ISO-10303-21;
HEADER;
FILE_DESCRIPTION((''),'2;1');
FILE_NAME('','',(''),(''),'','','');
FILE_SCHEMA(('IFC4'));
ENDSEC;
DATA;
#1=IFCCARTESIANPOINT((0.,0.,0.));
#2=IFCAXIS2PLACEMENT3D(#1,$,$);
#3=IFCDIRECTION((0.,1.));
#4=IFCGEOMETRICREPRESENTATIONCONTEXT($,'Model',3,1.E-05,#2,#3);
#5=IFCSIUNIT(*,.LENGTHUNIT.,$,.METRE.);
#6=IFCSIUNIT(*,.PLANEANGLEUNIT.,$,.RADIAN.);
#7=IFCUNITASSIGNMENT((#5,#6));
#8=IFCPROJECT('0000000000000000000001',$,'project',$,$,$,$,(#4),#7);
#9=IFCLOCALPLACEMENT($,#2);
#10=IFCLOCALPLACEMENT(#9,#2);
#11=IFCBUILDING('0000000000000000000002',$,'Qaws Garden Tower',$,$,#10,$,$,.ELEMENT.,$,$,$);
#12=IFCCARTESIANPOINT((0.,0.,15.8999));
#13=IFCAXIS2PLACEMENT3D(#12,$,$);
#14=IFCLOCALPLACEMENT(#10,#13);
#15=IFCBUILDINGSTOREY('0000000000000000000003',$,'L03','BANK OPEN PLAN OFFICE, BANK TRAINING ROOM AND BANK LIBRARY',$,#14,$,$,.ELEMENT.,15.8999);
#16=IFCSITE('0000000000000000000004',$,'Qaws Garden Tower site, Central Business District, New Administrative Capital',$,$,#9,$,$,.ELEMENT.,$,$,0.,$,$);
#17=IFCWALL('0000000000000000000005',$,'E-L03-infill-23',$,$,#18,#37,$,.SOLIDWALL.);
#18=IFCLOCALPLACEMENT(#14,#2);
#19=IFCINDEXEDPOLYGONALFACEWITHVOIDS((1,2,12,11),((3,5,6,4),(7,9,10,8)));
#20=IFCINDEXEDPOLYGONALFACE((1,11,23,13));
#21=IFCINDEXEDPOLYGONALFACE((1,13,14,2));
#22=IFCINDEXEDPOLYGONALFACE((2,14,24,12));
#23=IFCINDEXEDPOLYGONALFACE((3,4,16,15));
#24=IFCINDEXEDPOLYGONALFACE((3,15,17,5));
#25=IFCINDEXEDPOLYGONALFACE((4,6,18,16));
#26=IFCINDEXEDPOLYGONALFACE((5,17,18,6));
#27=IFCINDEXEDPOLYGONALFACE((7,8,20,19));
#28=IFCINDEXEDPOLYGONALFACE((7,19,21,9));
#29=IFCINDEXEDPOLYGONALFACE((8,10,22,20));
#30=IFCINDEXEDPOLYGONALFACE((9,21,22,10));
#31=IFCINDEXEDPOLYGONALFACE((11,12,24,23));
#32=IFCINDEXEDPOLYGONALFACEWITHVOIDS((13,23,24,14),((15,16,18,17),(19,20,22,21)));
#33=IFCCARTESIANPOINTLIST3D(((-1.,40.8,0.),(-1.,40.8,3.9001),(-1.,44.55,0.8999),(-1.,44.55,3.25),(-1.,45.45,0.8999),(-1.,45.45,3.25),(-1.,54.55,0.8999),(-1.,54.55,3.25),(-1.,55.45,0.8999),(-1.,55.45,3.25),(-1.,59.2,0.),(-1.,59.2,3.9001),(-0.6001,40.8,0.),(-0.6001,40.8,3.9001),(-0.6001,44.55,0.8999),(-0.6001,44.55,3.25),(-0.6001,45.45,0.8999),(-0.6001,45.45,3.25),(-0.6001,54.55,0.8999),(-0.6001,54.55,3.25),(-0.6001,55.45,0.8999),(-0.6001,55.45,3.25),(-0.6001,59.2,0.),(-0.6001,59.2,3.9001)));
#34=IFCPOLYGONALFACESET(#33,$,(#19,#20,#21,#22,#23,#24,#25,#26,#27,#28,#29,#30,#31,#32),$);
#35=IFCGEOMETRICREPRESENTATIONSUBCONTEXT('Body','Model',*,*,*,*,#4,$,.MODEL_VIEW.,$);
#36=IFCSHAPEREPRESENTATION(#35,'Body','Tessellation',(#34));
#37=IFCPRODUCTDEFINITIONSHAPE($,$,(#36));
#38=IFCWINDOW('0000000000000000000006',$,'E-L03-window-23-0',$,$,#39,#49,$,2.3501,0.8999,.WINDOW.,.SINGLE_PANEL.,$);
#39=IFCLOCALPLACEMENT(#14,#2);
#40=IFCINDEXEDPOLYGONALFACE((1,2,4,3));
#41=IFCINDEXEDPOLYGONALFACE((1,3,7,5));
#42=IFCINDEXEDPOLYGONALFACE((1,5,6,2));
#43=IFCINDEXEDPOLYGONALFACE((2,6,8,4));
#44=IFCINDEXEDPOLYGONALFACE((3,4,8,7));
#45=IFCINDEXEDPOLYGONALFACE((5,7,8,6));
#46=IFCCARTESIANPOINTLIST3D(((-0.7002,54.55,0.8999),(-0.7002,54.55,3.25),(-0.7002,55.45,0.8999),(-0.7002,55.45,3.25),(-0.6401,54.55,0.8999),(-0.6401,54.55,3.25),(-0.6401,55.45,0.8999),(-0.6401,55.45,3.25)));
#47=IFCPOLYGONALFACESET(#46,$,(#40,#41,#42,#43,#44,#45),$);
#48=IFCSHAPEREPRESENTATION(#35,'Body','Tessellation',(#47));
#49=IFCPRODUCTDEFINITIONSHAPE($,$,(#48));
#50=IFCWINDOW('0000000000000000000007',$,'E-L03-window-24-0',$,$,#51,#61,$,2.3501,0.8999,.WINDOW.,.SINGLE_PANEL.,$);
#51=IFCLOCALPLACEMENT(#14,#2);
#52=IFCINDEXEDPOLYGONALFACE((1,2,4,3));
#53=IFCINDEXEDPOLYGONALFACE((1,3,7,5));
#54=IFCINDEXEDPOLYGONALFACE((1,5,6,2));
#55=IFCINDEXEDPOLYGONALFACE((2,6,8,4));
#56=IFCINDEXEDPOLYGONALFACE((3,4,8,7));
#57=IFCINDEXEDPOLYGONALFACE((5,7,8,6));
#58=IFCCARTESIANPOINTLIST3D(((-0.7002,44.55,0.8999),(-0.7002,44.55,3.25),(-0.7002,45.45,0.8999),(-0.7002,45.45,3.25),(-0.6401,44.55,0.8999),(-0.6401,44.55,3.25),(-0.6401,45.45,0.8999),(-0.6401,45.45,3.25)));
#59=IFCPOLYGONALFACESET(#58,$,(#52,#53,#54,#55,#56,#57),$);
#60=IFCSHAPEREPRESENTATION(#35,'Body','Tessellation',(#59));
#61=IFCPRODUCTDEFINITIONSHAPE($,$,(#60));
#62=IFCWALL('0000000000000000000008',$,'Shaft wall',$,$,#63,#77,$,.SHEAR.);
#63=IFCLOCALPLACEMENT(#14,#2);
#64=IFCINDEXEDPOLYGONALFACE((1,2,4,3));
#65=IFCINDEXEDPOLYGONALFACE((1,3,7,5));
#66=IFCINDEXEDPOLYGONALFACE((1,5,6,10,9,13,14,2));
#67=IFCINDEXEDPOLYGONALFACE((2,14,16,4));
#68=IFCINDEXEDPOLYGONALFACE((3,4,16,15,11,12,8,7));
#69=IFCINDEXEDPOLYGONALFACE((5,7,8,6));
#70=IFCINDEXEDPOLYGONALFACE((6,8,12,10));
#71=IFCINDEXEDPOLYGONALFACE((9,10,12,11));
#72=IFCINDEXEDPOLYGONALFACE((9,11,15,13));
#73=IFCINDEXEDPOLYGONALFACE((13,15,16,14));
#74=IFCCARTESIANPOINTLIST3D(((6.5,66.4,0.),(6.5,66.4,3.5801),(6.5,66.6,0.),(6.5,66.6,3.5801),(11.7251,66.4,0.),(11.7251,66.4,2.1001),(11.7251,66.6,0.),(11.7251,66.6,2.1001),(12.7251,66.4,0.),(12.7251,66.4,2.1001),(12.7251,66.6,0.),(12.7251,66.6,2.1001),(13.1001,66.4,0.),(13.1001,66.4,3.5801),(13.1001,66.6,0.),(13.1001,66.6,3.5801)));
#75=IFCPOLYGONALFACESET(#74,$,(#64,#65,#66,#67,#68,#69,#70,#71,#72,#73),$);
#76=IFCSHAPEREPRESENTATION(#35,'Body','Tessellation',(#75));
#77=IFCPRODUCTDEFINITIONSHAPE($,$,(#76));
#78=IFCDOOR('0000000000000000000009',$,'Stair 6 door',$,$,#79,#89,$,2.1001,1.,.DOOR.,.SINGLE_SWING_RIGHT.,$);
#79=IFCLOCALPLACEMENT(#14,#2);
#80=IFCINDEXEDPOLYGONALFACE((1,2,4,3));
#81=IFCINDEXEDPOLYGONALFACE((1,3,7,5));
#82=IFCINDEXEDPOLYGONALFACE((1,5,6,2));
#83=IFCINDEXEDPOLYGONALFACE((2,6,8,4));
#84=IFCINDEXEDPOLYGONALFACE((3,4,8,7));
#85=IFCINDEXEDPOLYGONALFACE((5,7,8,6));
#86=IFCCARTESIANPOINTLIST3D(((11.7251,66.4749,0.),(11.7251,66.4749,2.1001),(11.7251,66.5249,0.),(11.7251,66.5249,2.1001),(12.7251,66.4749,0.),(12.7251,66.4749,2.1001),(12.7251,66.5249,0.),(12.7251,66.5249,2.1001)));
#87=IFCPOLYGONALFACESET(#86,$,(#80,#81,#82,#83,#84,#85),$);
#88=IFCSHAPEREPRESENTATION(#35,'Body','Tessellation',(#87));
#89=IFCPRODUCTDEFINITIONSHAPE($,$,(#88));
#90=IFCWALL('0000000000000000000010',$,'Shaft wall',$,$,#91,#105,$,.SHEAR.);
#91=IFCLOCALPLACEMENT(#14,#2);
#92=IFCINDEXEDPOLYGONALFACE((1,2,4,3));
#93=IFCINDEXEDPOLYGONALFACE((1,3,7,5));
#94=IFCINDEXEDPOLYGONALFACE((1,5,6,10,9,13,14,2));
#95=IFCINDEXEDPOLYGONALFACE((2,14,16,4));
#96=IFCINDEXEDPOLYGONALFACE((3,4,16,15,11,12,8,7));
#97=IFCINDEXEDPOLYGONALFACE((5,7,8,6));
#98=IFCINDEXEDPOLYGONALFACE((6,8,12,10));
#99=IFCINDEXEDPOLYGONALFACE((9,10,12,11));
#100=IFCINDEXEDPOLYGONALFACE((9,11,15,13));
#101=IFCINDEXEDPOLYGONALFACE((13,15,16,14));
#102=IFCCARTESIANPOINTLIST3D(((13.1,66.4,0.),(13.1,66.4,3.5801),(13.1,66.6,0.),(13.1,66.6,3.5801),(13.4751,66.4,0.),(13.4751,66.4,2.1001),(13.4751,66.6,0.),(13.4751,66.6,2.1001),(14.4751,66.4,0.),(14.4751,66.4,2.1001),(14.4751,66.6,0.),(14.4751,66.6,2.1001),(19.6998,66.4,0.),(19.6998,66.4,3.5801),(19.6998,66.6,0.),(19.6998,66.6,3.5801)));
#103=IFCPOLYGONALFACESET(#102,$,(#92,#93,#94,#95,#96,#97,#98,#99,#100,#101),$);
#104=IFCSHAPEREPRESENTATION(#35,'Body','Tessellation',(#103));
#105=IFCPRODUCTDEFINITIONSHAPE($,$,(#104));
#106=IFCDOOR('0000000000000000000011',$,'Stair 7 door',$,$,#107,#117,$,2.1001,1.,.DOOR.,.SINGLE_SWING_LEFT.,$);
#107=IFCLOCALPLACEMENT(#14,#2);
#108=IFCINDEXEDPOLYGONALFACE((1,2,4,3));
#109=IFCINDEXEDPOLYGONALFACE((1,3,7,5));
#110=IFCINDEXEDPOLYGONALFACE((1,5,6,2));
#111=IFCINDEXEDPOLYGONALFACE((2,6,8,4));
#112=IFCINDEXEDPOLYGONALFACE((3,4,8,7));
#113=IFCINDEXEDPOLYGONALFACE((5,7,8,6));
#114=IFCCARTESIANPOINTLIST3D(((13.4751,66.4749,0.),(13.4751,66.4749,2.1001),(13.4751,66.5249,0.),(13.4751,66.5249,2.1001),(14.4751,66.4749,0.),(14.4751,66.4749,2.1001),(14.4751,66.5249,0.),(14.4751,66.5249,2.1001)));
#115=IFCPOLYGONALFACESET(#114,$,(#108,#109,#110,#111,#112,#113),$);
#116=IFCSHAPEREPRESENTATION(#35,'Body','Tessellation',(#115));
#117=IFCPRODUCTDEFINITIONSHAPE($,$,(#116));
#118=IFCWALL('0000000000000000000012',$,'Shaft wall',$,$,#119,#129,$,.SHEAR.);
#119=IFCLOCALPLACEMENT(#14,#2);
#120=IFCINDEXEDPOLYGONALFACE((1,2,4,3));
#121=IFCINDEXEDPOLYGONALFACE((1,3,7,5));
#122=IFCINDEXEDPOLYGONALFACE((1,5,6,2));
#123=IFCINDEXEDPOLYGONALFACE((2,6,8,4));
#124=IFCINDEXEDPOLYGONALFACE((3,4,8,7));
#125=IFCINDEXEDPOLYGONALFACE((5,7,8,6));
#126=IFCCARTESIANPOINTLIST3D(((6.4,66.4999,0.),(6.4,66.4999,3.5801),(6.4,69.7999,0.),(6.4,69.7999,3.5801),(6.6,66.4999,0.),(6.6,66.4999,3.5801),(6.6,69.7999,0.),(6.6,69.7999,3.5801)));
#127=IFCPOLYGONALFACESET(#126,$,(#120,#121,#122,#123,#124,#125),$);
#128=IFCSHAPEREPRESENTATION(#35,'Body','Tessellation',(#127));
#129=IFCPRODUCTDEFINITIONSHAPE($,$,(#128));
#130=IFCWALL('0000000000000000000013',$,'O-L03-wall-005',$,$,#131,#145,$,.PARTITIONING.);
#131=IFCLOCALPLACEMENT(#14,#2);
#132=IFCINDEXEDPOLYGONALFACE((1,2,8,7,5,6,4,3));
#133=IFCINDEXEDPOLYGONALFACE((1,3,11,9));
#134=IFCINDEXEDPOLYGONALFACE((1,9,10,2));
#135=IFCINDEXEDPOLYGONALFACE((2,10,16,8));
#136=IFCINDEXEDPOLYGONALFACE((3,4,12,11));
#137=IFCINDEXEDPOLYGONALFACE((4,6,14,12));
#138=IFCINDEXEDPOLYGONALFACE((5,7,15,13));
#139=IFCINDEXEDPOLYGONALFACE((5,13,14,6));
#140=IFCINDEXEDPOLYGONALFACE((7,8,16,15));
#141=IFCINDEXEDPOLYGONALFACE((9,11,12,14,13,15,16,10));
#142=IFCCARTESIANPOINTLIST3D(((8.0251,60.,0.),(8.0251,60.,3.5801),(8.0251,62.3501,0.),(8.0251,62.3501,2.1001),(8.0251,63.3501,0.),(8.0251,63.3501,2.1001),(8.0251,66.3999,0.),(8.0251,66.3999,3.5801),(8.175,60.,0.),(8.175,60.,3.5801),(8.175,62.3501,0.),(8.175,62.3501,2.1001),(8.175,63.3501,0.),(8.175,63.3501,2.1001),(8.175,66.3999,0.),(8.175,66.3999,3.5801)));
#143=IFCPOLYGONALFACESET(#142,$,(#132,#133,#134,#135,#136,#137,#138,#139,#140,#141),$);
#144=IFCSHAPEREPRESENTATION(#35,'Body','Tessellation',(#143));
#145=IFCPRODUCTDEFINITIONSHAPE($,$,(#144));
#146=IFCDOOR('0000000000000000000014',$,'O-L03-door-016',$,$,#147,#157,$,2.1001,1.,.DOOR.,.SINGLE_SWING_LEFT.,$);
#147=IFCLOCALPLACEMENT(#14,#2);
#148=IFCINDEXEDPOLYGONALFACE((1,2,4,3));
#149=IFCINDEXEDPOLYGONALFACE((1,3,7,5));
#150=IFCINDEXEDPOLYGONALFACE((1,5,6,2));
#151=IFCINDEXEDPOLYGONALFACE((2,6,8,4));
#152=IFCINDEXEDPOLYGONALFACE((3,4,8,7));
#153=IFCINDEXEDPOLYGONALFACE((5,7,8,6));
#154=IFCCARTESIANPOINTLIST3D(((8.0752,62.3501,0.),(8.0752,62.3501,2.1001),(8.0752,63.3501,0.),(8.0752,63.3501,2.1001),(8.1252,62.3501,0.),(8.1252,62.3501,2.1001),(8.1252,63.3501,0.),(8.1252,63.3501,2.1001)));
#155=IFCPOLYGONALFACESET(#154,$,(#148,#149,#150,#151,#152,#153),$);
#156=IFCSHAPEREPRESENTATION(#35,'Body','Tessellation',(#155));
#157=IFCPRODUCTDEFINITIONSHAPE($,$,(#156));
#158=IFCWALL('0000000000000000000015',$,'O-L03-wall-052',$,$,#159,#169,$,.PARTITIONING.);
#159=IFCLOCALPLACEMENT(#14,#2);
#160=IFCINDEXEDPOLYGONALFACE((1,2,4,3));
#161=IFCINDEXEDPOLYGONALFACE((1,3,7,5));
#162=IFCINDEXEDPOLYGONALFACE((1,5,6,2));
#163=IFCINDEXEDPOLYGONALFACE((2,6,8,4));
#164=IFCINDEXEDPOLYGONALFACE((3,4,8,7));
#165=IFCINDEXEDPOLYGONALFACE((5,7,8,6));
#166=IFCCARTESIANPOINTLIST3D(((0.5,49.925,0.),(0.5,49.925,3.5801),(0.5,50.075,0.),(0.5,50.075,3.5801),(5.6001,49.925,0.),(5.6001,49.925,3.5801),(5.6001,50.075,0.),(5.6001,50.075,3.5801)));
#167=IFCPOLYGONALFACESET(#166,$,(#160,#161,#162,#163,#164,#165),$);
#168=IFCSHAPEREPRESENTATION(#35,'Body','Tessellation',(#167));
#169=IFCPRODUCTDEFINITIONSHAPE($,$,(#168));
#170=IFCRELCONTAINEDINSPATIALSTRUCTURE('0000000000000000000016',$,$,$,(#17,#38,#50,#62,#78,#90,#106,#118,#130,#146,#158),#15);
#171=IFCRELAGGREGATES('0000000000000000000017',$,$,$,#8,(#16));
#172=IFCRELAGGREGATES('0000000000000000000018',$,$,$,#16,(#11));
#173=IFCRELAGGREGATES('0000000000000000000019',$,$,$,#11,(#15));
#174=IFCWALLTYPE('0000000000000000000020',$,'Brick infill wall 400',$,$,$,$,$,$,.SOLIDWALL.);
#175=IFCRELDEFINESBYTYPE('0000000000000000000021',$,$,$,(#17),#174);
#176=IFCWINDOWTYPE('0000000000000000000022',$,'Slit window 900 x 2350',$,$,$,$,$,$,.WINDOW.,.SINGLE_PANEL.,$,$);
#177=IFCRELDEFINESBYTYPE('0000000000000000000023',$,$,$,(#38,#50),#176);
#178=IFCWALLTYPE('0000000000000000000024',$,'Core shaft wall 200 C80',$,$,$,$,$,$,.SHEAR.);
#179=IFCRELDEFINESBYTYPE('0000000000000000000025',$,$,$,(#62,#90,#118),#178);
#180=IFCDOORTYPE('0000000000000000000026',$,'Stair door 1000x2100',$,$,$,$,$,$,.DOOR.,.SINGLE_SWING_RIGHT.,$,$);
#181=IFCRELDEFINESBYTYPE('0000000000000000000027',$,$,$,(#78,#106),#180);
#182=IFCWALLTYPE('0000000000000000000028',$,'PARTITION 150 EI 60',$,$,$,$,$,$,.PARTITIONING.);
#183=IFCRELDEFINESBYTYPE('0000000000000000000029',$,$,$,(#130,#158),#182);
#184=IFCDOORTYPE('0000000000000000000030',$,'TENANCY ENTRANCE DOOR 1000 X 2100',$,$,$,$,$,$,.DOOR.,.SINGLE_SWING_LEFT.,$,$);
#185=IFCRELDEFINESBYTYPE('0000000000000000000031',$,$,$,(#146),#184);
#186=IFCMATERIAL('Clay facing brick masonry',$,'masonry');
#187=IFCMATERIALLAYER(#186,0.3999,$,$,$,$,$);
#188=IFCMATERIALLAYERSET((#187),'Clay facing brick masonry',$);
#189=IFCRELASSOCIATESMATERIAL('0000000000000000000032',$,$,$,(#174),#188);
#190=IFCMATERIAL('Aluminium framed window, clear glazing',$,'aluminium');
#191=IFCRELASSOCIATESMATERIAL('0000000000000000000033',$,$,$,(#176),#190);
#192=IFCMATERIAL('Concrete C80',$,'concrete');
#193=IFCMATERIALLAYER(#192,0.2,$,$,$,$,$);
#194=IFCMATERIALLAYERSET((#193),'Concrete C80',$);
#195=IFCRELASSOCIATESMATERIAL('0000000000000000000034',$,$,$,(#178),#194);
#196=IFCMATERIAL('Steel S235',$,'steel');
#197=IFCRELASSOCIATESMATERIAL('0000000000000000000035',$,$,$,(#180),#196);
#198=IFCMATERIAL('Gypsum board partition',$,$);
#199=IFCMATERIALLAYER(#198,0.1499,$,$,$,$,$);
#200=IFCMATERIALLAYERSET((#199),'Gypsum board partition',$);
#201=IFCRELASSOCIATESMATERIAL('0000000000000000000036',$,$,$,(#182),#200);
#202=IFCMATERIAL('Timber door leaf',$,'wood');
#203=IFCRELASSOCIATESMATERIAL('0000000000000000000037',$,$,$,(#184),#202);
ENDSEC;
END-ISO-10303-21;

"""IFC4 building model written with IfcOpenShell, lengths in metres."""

from ifc_helpers import new_model, si_unit, direction, frame, frame_2d, origin, place, context, subcontext, project, spatial, rectangle, extrude, material, layer, layer_set, type_object, element, fill, save


model = new_model("IFC4")

# Units and contexts
model_context = context("Model", 3, precision=1e-05, world=origin(), true_north=direction((0.0, 1.0)))
body_context = subcontext(model_context, "Body", "Model", "MODEL_VIEW")
ifc_project = project(units=[si_unit("LENGTHUNIT", "METRE"), si_unit("PLANEANGLEUNIT", "RADIAN")], contexts=[model_context])

# Site, building, storey
site_placement = place(None, origin())
site = spatial("IfcSite", under=ifc_project, at=site_placement, Name="Qaws Garden Tower site, Central Business District, New Administrative Capital", CompositionType="ELEMENT", RefElevation=0.0)
building_placement = place(site_placement, origin())
building = spatial("IfcBuilding", under=site, at=building_placement, Name="Qaws Garden Tower", CompositionType="ELEMENT")
storey_placement = place(building_placement, frame((0.0, 0.0, 15.8999)))
storey = spatial("IfcBuildingStorey", under=building, at=storey_placement, Name="L03", Description="BANK OPEN PLAN OFFICE, BANK TRAINING ROOM AND BANK LIBRARY", CompositionType="ELEMENT", Elevation=15.8999)

# Shared definitions
ifc_material_1 = material(Name="Clay facing brick masonry", Category="masonry")
ifc_layer_1 = layer(ifc_material_1, 0.3999)
ifc_layer_set_1 = layer_set([ifc_layer_1], Name="Clay facing brick masonry")
wall_type_1 = type_object("IfcWallType", Name="Brick infill wall 400", PredefinedType="SOLIDWALL", material=ifc_layer_set_1)

# Wall, openings, windows
wall_1_placement = place(storey_placement, frame((-0.8, 59.2, 0.0), z_axis=(0.0, 0.0, 1.0), x_axis=(0.0, -1.0, 0.0)))
wall_1 = element("IfcWall", 1, at=wall_1_placement, inside=storey, type_object=wall_type_1, Name="E-L03-infill-23", PredefinedType="SOLIDWALL", context=body_context, shape_type="SweptSolid", body=[
    extrude(rectangle(XDim=18.3999, YDim=0.3999, at=frame_2d((9.2, 0.0))), origin(), (0.0, 0.0, 1.0), 3.9001),
])
opening_1_placement = place(wall_1_placement, frame((3.75, 0.0, 0.8999)))
opening_1 = element("IfcOpeningElement", 2, at=opening_1_placement, cuts=wall_1, PredefinedType="OPENING", context=body_context, shape_type="SweptSolid", body=[
    extrude(rectangle(XDim=0.8999, YDim=2.3501, at=frame_2d((0.45, 1.175))), frame((0.0, 0.21, 0.0), z_axis=(0.0, -1.0, 0.0), x_axis=(1.0, 0.0, 0.0)), (0.0, 0.0, 1.0), 0.4199),
])
opening_2_placement = place(wall_1_placement, frame((13.75, 0.0, 0.8999)))
opening_2 = element("IfcOpeningElement", 3, at=opening_2_placement, cuts=wall_1, PredefinedType="OPENING", context=body_context, shape_type="SweptSolid", body=[
    extrude(rectangle(XDim=0.8999, YDim=2.3501, at=frame_2d((0.45, 1.175))), frame((0.0, 0.21, 0.0), z_axis=(0.0, -1.0, 0.0), x_axis=(1.0, 0.0, 0.0)), (0.0, 0.0, 1.0), 0.4199),
])
ifc_material_2 = material(Name="Aluminium framed window, clear glazing", Category="aluminium")
window_type_1 = type_object("IfcWindowType", Name="Slit window 900 x 2350", PartitioningType="SINGLE_PANEL", PredefinedType="WINDOW", material=ifc_material_2)
window_1_placement = place(opening_1_placement, origin())
window_1 = element("IfcWindow", 4, at=window_1_placement, inside=storey, type_object=window_type_1, Name="E-L03-window-23-0", OverallHeight=2.3501, OverallWidth=0.8999, PartitioningType="SINGLE_PANEL", PredefinedType="WINDOW", context=body_context, shape_type="SweptSolid", body=[
    extrude(rectangle(XDim=0.8999, YDim=2.3501, at=frame_2d((0.45, 1.175))), frame((0.0, 0.1599, 0.0), z_axis=(0.0, -1.0, 0.0), x_axis=(1.0, 0.0, 0.0)), (0.0, 0.0, 1.0), 0.0601),
])
fill(opening_1, window_1)
window_2_placement = place(opening_2_placement, origin())
window_2 = element("IfcWindow", 5, at=window_2_placement, inside=storey, type_object=window_type_1, Name="E-L03-window-24-0", OverallHeight=2.3501, OverallWidth=0.8999, PartitioningType="SINGLE_PANEL", PredefinedType="WINDOW", context=body_context, shape_type="SweptSolid", body=[
    extrude(rectangle(XDim=0.8999, YDim=2.3501, at=frame_2d((0.45, 1.175))), frame((0.0, 0.1599, 0.0), z_axis=(0.0, -1.0, 0.0), x_axis=(1.0, 0.0, 0.0)), (0.0, 0.0, 1.0), 0.0601),
])
fill(opening_2, window_2)

# Walls, openings, doors
ifc_material_3 = material(Name="Concrete C80", Category="concrete")
ifc_layer_2 = layer(ifc_material_3, 0.2)
ifc_layer_set_2 = layer_set([ifc_layer_2], Name="Concrete C80")
wall_type_2 = type_object("IfcWallType", Name="Core shaft wall 200 C80", PredefinedType="SHEAR", material=ifc_layer_set_2)
wall_2_placement = place(storey_placement, frame((6.5, 66.5, 0.0), z_axis=(0.0, 0.0, 1.0), x_axis=(1.0, 0.0, 0.0)))
wall_2 = element("IfcWall", 6, at=wall_2_placement, inside=storey, type_object=wall_type_2, Name="Shaft wall", PredefinedType="SHEAR", context=body_context, shape_type="SweptSolid", body=[
    extrude(rectangle(XDim=6.6001, YDim=0.2, at=frame_2d((3.3, 0.0))), origin(), (0.0, 0.0, 1.0), 3.5801),
])
opening_3_placement = place(wall_2_placement, frame((5.2251, 0.0, 0.0)))
opening_3 = element("IfcOpeningElement", 7, at=opening_3_placement, cuts=wall_2, PredefinedType="OPENING", context=body_context, shape_type="SweptSolid", body=[
    extrude(rectangle(XDim=1.0, YDim=2.1001, at=frame_2d((0.5, 1.05))), frame((0.0, 0.1099, 0.0), z_axis=(0.0, -1.0, 0.0), x_axis=(1.0, 0.0, 0.0)), (0.0, 0.0, 1.0), 0.22),
])
ifc_material_4 = material(Name="Steel S235", Category="steel")
door_type_1 = type_object("IfcDoorType", Name="Stair door 1000x2100", OperationType="SINGLE_SWING_RIGHT", PredefinedType="DOOR", material=ifc_material_4)
door_1_placement = place(opening_3_placement, origin())
door_1 = element("IfcDoor", 8, at=door_1_placement, inside=storey, type_object=door_type_1, Name="Stair 6 door", OperationType="SINGLE_SWING_RIGHT", OverallHeight=2.1001, OverallWidth=1.0, PredefinedType="DOOR", context=body_context, shape_type="SweptSolid", body=[
    extrude(rectangle(XDim=1.0, YDim=2.1001, at=frame_2d((0.5, 1.05))), frame((0.0, 0.0249, 0.0), z_axis=(0.0, -1.0, 0.0), x_axis=(1.0, 0.0, 0.0)), (0.0, 0.0, 1.0), 0.05),
])
fill(opening_3, door_1)
wall_3_placement = place(storey_placement, frame((13.1001, 66.5, 0.0), z_axis=(0.0, 0.0, 1.0), x_axis=(1.0, 0.0, 0.0)))
wall_3 = element("IfcWall", 9, at=wall_3_placement, inside=storey, type_object=wall_type_2, Name="Shaft wall", PredefinedType="SHEAR", context=body_context, shape_type="SweptSolid", body=[
    extrude(rectangle(XDim=6.5999, YDim=0.2, at=frame_2d((3.2998, 0.0))), origin(), (0.0, 0.0, 1.0), 3.5801),
])
opening_4_placement = place(wall_3_placement, frame((0.375, 0.0, 0.0)))
opening_4 = element("IfcOpeningElement", 10, at=opening_4_placement, cuts=wall_3, PredefinedType="OPENING", context=body_context, shape_type="SweptSolid", body=[
    extrude(rectangle(XDim=1.0, YDim=2.1001, at=frame_2d((0.5, 1.05))), frame((0.0, 0.1099, 0.0), z_axis=(0.0, -1.0, 0.0), x_axis=(1.0, 0.0, 0.0)), (0.0, 0.0, 1.0), 0.22),
])
door_2_placement = place(opening_4_placement, origin())
door_2 = element("IfcDoor", 11, at=door_2_placement, inside=storey, type_object=door_type_1, Name="Stair 7 door", OperationType="SINGLE_SWING_LEFT", OverallHeight=2.1001, OverallWidth=1.0, PredefinedType="DOOR", context=body_context, shape_type="SweptSolid", body=[
    extrude(rectangle(XDim=1.0, YDim=2.1001, at=frame_2d((0.5, 1.05))), frame((0.0, 0.0249, 0.0), z_axis=(0.0, -1.0, 0.0), x_axis=(1.0, 0.0, 0.0)), (0.0, 0.0, 1.0), 0.05),
])
fill(opening_4, door_2)

# Wall
wall_4_placement = place(storey_placement, frame((6.5, 66.5, 0.0), z_axis=(0.0, 0.0, 1.0), x_axis=(0.0, 1.0, 0.0)))
element("IfcWall", 12, at=wall_4_placement, inside=storey, type_object=wall_type_2, Name="Shaft wall", PredefinedType="SHEAR", context=body_context, shape_type="SweptSolid", body=[
    extrude(rectangle(XDim=3.3, YDim=0.2, at=frame_2d((1.6499, 0.0))), origin(), (0.0, 0.0, 1.0), 3.5801),
])

# Wall, opening, door
ifc_material_5 = material(Name="Gypsum board partition")
ifc_layer_3 = layer(ifc_material_5, 0.1499)
ifc_layer_set_3 = layer_set([ifc_layer_3], Name="Gypsum board partition")
wall_type_3 = type_object("IfcWallType", Name="PARTITION 150 EI 60", PredefinedType="PARTITIONING", material=ifc_layer_set_3)
wall_5_placement = place(storey_placement, frame((8.1001, 60.0, 0.0), z_axis=(0.0, 0.0, 1.0), x_axis=(0.0, 1.0, 0.0)))
wall_5 = element("IfcWall", 13, at=wall_5_placement, inside=storey, type_object=wall_type_3, Name="O-L03-wall-005", PredefinedType="PARTITIONING", context=body_context, shape_type="SweptSolid", body=[
    extrude(rectangle(XDim=6.3999, YDim=0.1499, at=frame_2d((3.2, 0.0))), origin(), (0.0, 0.0, 1.0), 3.5801),
])
opening_5_placement = place(wall_5_placement, frame((2.3501, 0.0, 0.0)))
opening_5 = element("IfcOpeningElement", 14, at=opening_5_placement, cuts=wall_5, PredefinedType="OPENING", context=body_context, shape_type="SweptSolid", body=[
    extrude(rectangle(XDim=1.0, YDim=2.1001, at=frame_2d((0.5, 1.05))), frame((0.0, 0.085, 0.0), z_axis=(0.0, -1.0, 0.0), x_axis=(1.0, 0.0, 0.0)), (0.0, 0.0, 1.0), 0.1699),
])
ifc_material_6 = material(Name="Timber door leaf", Category="wood")
door_type_2 = type_object("IfcDoorType", Name="TENANCY ENTRANCE DOOR 1000 X 2100", OperationType="SINGLE_SWING_LEFT", PredefinedType="DOOR", material=ifc_material_6)
door_3_placement = place(opening_5_placement, origin())
door_3 = element("IfcDoor", 15, at=door_3_placement, inside=storey, type_object=door_type_2, Name="O-L03-door-016", OperationType="SINGLE_SWING_LEFT", OverallHeight=2.1001, OverallWidth=1.0, PredefinedType="DOOR", context=body_context, shape_type="SweptSolid", body=[
    extrude(rectangle(XDim=1.0, YDim=2.1001, at=frame_2d((0.5, 1.05))), frame((0.0, 0.0249, 0.0), z_axis=(0.0, -1.0, 0.0), x_axis=(1.0, 0.0, 0.0)), (0.0, 0.0, 1.0), 0.05),
])
fill(opening_5, door_3)

# Wall
wall_6_placement = place(storey_placement, frame((0.5, 50.0, 0.0), z_axis=(0.0, 0.0, 1.0), x_axis=(1.0, 0.0, 0.0)))
element("IfcWall", 16, at=wall_6_placement, inside=storey, type_object=wall_type_3, Name="O-L03-wall-052", PredefinedType="PARTITIONING", context=body_context, shape_type="SweptSolid", body=[
    extrude(rectangle(XDim=5.1001, YDim=0.1499, at=frame_2d((2.55, 0.0))), origin(), (0.0, 0.0, 1.0), 3.5801),
])

save(model, "model.ifc")
